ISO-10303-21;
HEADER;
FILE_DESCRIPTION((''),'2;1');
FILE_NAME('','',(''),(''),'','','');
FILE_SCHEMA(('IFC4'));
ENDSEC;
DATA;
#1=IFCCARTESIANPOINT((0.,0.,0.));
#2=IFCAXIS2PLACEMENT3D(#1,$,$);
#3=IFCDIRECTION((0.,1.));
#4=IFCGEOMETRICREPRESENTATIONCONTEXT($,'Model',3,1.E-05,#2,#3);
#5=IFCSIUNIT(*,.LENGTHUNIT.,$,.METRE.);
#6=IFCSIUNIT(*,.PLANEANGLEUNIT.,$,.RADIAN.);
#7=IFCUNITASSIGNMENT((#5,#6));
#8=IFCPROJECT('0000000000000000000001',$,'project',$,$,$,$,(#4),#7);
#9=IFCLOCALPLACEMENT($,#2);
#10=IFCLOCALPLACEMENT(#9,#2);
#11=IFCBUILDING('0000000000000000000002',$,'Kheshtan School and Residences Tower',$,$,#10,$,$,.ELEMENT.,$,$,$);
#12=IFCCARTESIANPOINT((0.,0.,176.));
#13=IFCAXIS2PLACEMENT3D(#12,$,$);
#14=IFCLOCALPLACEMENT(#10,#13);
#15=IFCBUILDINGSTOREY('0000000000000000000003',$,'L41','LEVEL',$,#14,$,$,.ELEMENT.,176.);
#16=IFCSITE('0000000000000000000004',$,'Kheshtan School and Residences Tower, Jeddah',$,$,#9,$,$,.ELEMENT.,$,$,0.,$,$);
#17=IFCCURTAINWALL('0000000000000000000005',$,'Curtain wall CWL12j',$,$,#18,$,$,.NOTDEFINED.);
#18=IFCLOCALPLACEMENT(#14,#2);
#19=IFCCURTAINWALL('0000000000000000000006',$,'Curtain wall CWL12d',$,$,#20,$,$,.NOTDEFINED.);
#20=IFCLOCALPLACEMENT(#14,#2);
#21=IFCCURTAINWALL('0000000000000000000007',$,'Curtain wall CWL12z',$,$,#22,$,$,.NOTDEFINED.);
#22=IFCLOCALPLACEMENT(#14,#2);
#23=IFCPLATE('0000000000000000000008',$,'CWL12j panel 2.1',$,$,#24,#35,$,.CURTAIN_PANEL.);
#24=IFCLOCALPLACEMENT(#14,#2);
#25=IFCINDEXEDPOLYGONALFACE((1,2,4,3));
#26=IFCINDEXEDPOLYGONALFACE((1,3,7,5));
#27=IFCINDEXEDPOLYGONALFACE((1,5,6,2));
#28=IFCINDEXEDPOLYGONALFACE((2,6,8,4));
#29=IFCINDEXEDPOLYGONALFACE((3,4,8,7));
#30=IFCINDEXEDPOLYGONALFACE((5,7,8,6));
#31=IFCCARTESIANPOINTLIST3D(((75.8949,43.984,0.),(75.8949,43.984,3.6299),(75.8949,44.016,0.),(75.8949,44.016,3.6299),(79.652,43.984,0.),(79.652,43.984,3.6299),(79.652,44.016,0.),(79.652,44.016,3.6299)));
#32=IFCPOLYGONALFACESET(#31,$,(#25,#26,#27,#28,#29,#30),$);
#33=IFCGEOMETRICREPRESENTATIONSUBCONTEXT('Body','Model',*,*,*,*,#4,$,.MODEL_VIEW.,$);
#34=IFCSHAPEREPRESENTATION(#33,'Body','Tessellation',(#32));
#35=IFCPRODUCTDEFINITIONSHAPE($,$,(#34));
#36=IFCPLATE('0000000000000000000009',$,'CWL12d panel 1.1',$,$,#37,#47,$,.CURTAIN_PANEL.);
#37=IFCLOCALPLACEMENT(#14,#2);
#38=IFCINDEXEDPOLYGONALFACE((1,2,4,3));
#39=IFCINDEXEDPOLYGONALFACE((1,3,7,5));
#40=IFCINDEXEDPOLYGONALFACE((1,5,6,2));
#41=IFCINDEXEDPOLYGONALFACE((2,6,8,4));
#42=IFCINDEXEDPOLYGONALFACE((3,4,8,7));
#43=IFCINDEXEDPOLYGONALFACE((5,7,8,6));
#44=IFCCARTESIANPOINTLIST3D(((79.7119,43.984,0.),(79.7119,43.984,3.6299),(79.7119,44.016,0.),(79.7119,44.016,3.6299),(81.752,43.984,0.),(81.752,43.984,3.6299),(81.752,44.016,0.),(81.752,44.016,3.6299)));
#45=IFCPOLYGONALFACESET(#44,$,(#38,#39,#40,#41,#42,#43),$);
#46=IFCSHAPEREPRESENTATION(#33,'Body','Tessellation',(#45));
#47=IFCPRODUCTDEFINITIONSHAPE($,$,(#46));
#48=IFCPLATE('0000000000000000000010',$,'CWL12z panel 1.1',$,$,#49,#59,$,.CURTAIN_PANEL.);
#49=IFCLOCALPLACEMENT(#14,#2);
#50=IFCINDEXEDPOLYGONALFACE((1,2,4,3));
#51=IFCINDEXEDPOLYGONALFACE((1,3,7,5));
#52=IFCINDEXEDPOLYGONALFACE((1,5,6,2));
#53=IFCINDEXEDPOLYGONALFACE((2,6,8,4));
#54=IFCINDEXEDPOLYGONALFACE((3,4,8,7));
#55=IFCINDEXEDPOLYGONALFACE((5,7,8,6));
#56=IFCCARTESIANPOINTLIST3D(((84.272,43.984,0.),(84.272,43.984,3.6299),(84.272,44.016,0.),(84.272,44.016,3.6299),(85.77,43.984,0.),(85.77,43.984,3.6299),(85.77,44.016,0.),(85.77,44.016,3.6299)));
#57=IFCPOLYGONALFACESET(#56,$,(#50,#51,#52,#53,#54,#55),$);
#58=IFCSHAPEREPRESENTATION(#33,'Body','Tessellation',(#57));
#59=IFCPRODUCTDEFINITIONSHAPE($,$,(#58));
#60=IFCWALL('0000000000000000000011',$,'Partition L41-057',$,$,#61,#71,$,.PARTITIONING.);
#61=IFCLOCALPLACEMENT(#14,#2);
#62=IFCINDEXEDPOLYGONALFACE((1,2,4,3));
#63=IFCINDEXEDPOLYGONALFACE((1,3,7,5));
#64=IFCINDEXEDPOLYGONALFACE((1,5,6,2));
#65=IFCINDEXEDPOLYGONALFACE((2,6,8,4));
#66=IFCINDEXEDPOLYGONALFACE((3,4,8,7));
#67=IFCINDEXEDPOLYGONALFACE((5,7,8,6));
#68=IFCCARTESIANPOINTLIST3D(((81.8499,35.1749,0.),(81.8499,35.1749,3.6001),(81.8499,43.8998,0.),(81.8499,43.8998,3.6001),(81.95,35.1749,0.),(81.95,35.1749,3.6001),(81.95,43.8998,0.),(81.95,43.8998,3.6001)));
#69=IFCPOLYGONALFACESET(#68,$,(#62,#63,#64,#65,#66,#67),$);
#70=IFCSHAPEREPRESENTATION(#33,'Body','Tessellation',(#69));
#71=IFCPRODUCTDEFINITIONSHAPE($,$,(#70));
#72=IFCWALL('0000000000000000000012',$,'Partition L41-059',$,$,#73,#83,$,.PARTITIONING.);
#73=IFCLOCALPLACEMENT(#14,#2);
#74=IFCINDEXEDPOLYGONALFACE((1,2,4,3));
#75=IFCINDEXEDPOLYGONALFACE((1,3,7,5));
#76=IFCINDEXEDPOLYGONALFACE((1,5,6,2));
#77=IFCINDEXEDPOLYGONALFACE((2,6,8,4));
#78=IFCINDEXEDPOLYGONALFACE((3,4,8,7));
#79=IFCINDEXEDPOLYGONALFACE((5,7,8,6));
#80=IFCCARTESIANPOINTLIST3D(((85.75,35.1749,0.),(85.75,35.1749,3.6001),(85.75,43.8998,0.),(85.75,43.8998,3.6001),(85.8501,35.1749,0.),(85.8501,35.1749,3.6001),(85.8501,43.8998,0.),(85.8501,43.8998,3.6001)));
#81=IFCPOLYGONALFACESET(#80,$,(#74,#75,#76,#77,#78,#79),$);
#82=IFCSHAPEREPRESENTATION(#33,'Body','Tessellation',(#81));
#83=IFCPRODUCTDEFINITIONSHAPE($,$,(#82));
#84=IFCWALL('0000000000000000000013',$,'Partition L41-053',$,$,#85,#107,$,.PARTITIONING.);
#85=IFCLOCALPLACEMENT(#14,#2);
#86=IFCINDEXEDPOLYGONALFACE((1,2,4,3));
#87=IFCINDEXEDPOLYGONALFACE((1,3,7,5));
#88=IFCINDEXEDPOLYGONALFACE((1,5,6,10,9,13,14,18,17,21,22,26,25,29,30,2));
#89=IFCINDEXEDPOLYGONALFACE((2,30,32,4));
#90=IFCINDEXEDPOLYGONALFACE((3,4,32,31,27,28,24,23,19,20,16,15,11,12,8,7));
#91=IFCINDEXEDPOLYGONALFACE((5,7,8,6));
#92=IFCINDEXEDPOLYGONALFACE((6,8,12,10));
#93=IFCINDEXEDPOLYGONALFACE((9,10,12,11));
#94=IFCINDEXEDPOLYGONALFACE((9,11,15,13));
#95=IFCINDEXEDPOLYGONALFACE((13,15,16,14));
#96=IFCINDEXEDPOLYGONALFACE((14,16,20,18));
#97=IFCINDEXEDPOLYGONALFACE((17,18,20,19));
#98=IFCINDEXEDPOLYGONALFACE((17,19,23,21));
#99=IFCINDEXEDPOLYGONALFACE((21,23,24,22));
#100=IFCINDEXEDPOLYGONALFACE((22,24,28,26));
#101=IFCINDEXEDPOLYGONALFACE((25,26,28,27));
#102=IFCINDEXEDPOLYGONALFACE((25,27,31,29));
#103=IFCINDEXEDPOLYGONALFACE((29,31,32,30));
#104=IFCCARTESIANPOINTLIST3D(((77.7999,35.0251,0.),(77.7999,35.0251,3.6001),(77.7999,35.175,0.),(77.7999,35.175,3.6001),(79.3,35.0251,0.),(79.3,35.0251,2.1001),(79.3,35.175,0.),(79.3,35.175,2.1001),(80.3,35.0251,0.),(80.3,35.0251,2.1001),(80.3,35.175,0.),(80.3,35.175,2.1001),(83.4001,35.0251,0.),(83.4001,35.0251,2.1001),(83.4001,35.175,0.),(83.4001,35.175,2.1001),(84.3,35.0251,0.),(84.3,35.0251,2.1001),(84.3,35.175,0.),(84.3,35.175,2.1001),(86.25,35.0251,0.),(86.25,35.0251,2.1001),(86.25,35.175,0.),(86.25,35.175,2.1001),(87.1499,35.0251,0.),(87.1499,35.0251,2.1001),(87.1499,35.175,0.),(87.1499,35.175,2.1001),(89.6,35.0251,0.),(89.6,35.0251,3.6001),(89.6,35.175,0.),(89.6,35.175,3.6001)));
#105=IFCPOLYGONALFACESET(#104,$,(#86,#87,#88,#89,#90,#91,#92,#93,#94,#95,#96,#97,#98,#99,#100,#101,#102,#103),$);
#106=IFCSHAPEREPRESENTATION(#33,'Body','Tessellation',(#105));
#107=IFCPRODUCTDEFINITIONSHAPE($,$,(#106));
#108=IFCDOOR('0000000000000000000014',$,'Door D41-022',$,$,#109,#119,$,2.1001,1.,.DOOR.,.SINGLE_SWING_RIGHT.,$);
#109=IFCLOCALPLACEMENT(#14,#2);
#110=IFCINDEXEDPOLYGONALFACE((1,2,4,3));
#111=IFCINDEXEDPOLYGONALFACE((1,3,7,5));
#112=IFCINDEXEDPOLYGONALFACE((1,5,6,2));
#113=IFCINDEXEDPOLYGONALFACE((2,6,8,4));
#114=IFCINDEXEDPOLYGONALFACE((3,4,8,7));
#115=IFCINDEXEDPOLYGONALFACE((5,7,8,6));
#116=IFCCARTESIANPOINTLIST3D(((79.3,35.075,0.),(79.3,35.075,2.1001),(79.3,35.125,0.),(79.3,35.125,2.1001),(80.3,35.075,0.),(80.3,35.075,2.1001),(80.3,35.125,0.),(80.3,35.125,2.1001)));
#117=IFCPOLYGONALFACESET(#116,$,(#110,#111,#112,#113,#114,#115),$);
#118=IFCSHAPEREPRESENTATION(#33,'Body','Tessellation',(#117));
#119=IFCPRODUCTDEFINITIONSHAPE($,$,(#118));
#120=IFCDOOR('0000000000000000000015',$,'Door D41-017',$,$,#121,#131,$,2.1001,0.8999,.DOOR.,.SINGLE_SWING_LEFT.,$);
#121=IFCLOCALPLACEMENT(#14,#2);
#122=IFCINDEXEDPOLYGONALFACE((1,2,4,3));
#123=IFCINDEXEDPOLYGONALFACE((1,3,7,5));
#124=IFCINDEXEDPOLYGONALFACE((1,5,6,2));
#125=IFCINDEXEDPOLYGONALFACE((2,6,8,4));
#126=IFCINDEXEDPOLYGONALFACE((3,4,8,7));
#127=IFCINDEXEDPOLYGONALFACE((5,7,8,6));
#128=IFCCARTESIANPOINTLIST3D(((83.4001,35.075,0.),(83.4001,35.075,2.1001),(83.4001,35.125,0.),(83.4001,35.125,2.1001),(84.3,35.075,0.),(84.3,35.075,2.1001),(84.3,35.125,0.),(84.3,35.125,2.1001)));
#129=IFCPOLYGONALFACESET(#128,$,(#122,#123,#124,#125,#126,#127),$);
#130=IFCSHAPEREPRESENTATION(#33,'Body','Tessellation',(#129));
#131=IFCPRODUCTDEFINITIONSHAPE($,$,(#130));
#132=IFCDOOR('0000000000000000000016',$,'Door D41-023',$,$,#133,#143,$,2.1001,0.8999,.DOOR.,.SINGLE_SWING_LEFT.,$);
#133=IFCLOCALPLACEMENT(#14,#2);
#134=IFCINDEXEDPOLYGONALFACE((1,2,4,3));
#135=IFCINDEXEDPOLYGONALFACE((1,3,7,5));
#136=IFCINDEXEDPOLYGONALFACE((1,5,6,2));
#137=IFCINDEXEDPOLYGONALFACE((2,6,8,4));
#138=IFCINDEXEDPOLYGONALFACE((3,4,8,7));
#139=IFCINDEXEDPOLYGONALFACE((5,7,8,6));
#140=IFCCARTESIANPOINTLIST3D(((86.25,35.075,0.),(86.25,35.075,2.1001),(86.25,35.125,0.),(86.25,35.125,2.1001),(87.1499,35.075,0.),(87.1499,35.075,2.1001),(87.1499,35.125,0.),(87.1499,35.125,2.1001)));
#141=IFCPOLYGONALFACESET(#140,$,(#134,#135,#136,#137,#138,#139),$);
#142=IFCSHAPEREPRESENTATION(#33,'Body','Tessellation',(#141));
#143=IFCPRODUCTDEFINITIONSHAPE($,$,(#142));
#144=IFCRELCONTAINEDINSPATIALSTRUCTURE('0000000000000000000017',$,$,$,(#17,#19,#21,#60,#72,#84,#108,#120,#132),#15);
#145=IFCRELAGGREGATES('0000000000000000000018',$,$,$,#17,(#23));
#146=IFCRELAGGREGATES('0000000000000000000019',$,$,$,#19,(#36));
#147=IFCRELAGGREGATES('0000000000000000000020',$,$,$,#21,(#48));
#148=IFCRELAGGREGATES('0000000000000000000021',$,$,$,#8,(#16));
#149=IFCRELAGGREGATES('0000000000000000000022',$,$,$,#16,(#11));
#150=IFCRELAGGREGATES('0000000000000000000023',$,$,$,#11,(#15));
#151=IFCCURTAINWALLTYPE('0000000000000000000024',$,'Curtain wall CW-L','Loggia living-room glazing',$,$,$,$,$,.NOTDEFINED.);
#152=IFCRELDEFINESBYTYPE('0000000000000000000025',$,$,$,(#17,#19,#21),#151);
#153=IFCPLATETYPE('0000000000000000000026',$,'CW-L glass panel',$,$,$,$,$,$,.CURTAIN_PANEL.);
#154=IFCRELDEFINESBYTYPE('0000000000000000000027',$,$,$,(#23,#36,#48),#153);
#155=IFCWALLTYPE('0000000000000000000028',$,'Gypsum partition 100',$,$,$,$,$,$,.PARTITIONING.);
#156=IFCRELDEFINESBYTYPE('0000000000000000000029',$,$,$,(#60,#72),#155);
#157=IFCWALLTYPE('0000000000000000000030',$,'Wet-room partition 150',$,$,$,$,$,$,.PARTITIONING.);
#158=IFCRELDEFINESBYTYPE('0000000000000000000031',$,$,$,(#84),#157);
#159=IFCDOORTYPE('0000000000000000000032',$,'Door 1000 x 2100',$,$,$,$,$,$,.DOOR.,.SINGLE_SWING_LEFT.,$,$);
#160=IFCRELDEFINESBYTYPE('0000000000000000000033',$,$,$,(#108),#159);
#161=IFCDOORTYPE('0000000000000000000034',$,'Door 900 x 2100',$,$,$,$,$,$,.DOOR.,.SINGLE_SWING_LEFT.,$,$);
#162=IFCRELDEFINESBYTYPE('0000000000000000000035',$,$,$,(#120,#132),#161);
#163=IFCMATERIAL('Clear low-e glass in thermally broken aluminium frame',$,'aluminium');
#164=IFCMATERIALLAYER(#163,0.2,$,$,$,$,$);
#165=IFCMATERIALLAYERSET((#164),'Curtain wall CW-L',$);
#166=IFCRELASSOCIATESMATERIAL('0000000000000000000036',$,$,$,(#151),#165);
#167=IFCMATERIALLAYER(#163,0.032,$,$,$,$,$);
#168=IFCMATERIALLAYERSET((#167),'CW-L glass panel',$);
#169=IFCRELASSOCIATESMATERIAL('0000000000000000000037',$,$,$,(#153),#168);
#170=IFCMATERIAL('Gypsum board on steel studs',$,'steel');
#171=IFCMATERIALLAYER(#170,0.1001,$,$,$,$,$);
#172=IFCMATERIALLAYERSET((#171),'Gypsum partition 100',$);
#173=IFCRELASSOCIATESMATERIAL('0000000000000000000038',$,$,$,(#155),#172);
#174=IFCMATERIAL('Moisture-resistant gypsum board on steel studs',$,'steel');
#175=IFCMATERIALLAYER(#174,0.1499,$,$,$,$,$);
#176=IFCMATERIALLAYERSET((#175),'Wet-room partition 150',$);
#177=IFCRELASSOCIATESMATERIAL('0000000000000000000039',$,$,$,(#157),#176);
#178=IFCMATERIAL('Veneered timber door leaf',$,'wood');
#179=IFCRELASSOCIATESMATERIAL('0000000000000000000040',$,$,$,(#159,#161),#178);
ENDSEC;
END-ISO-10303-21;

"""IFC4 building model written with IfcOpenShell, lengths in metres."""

from ifc_helpers import new_model, si_unit, direction, frame, frame_2d, origin, origin_2d, place, context, subcontext, project, spatial, rectangle, extrude, source, transform, mapped, material, layer, layer_set, type_object, element, fill, aggregate, save


model = new_model("IFC4")

# Units and contexts
model_context = context("Model", 3, precision=1e-05, world=origin(), true_north=direction((0.0, 1.0)))
body_context = subcontext(model_context, "Body", "Model", "MODEL_VIEW")
ifc_project = project(units=[si_unit("LENGTHUNIT", "METRE"), si_unit("PLANEANGLEUNIT", "RADIAN")], contexts=[model_context])

# Site, building, storey
site_placement = place(None, origin())
site = spatial("IfcSite", under=ifc_project, at=site_placement, Name="Kheshtan School and Residences Tower, Jeddah", CompositionType="ELEMENT", RefElevation=0.0)
building_placement = place(site_placement, origin())
building = spatial("IfcBuilding", under=site, at=building_placement, Name="Kheshtan School and Residences Tower", CompositionType="ELEMENT")
storey_placement = place(building_placement, frame((0.0, 0.0, 176.0)))
storey = spatial("IfcBuildingStorey", under=building, at=storey_placement, Name="L41", Description="LEVEL", CompositionType="ELEMENT", Elevation=176.0)

# Curtain wall
ifc_material_1 = material(Name="Clear low-e glass in thermally broken aluminium frame", Category="aluminium")
ifc_layer_1 = layer(ifc_material_1, 0.2)
ifc_layer_set_1 = layer_set([ifc_layer_1], Name="Curtain wall CW-L")
curtain_wall_type = type_object("IfcCurtainWallType", Name="Curtain wall CW-L", Description="Loggia living-room glazing", PredefinedType="NOTDEFINED", material=ifc_layer_set_1)
curtain_wall_1_placement = place(storey_placement, origin())
curtain_wall_1 = element("IfcCurtainWall", 1, at=curtain_wall_1_placement, inside=storey, type_object=curtain_wall_type, Name="Curtain wall CWL12j", PredefinedType="NOTDEFINED")

# Curtain wall
curtain_wall_2_placement = place(storey_placement, origin())
curtain_wall_2 = element("IfcCurtainWall", 2, at=curtain_wall_2_placement, inside=storey, type_object=curtain_wall_type, Name="Curtain wall CWL12d", PredefinedType="NOTDEFINED")

# Curtain wall
curtain_wall_3_placement = place(storey_placement, origin())
curtain_wall_3 = element("IfcCurtainWall", 3, at=curtain_wall_3_placement, inside=storey, type_object=curtain_wall_type, Name="Curtain wall CWL12z", PredefinedType="NOTDEFINED")

# Plates
ifc_layer_2 = layer(ifc_material_1, 0.032)
ifc_layer_set_2 = layer_set([ifc_layer_2], Name="CW-L glass panel")
plate_type = type_object("IfcPlateType", Name="CW-L glass panel", PredefinedType="CURTAIN_PANEL", material=ifc_layer_set_2)
plate_1_placement = place(storey_placement, frame((77.7734, 44.0, 0.0), z_axis=(0.0, 0.0, 1.0), x_axis=(1.0, 0.0, 0.0)))
plate_1 = element("IfcPlate", 4, at=plate_1_placement, type_object=plate_type, Name="CWL12j panel 2.1", PredefinedType="CURTAIN_PANEL", context=body_context, shape_type="SweptSolid", body=[
    extrude(rectangle(XDim=3.7571, YDim=0.032, at=origin_2d()), origin(), (0.0, 0.0, 1.0), 3.6299),
])
aggregate(curtain_wall_1, [plate_1])
plate_2_placement = place(storey_placement, frame((80.7319, 44.0, 0.0), z_axis=(0.0, 0.0, 1.0), x_axis=(1.0, 0.0, 0.0)))
plate_2 = element("IfcPlate", 5, at=plate_2_placement, type_object=plate_type, Name="CWL12d panel 1.1", PredefinedType="CURTAIN_PANEL", context=body_context, shape_type="SweptSolid", body=[
    extrude(rectangle(XDim=2.04, YDim=0.032, at=origin_2d()), origin(), (0.0, 0.0, 1.0), 3.6299),
])
aggregate(curtain_wall_2, [plate_2])
plate_3_placement = place(storey_placement, frame((85.021, 44.0, 0.0), z_axis=(0.0, 0.0, 1.0), x_axis=(1.0, 0.0, 0.0)))
plate_3 = element("IfcPlate", 6, at=plate_3_placement, type_object=plate_type, Name="CWL12z panel 1.1", PredefinedType="CURTAIN_PANEL", context=body_context, shape_type="SweptSolid", body=[
    extrude(rectangle(XDim=1.498, YDim=0.032, at=origin_2d()), origin(), (0.0, 0.0, 1.0), 3.6299),
])
aggregate(curtain_wall_3, [plate_3])

# Walls
ifc_material_2 = material(Name="Gypsum board on steel studs", Category="steel")
ifc_layer_3 = layer(ifc_material_2, 0.1001)
ifc_layer_set_3 = layer_set([ifc_layer_3], Name="Gypsum partition 100")
wall_type_1 = type_object("IfcWallType", Name="Gypsum partition 100", PredefinedType="PARTITIONING", material=ifc_layer_set_3)
for number, where, z_axis, x_axis, name in (
    (7, (81.8999, 35.175, 0.0), (0.0, 0.0, 1.0), (0.0, 1.0, 0.0), "Partition L41-057"),
    (8, (85.8, 35.175, 0.0), (0.0, 0.0, 1.0), (0.0, 1.0, 0.0), "Partition L41-059"),
):
    element("IfcWall", number, at=place(storey_placement, frame(where, z_axis=z_axis, x_axis=x_axis)), inside=storey, type_object=wall_type_1, Name=name, PredefinedType="PARTITIONING", context=body_context, shape_type="SweptSolid", body=[
        extrude(rectangle(XDim=8.7249, YDim=0.1001, at=frame_2d((4.3623, 0.0))), origin(), (0.0, 0.0, 1.0), 3.6001),
    ])

# Wall, openings, doors
ifc_material_3 = material(Name="Moisture-resistant gypsum board on steel studs", Category="steel")
ifc_layer_4 = layer(ifc_material_3, 0.1499)
ifc_layer_set_4 = layer_set([ifc_layer_4], Name="Wet-room partition 150")
wall_type_2 = type_object("IfcWallType", Name="Wet-room partition 150", PredefinedType="PARTITIONING", material=ifc_layer_set_4)
wall_1_placement = place(storey_placement, frame((77.8, 35.1001, 0.0), z_axis=(0.0, 0.0, 1.0), x_axis=(1.0, 0.0, 0.0)))
wall_1 = element("IfcWall", 9, at=wall_1_placement, inside=storey, type_object=wall_type_2, Name="Partition L41-053", PredefinedType="PARTITIONING", context=body_context, shape_type="SweptSolid", body=[
    extrude(rectangle(XDim=11.8, YDim=0.1499, at=frame_2d((5.8999, 0.0))), origin(), (0.0, 0.0, 1.0), 3.6001),
])
opening_1_placement = place(wall_1_placement, frame((5.6001, 0.0, 0.0)))
opening_1 = element("IfcOpeningElement", 10, at=opening_1_placement, cuts=wall_1, PredefinedType="OPENING", context=body_context, shape_type="SweptSolid", body=[
    extrude(rectangle(XDim=0.8999, YDim=2.1001, at=frame_2d((0.45, 1.05))), frame((0.0, 0.085, 0.0), z_axis=(0.0, -1.0, 0.0), x_axis=(1.0, 0.0, 0.0)), (0.0, 0.0, 1.0), 0.1699),
])
opening_2_placement = place(wall_1_placement, frame((1.5, 0.0, 0.0)))
opening_2 = element("IfcOpeningElement", 11, at=opening_2_placement, cuts=wall_1, PredefinedType="OPENING", context=body_context, shape_type="SweptSolid", body=[
    extrude(rectangle(XDim=1.0, YDim=2.1001, at=frame_2d((0.5, 1.05))), frame((0.0, 0.085, 0.0), z_axis=(0.0, -1.0, 0.0), x_axis=(1.0, 0.0, 0.0)), (0.0, 0.0, 1.0), 0.1699),
])
opening_3_placement = place(wall_1_placement, frame((8.45, 0.0, 0.0)))
opening_3 = element("IfcOpeningElement", 12, at=opening_3_placement, cuts=wall_1, PredefinedType="OPENING", context=body_context, shape_type="SweptSolid", body=[
    extrude(rectangle(XDim=0.8999, YDim=2.1001, at=frame_2d((0.45, 1.05))), frame((0.0, 0.085, 0.0), z_axis=(0.0, -1.0, 0.0), x_axis=(1.0, 0.0, 0.0)), (0.0, 0.0, 1.0), 0.1699),
])
ifc_material_4 = material(Name="Veneered timber door leaf", Category="wood")
door_type_1 = type_object("IfcDoorType", Name="Door 1000 x 2100", OperationType="SINGLE_SWING_LEFT", PredefinedType="DOOR", material=ifc_material_4)
shared_shape_1 = source(origin(), body_context, "Body", "SweptSolid", [
    extrude(rectangle(XDim=1.0, YDim=2.1001, at=frame_2d((0.5, 1.05))), frame((0.0, 0.0249, 0.0), z_axis=(0.0, -1.0, 0.0), x_axis=(1.0, 0.0, 0.0)), (0.0, 0.0, 1.0), 0.05),
])
door_1_placement = place(opening_2_placement, origin())
door_1 = element("IfcDoor", 13, at=door_1_placement, inside=storey, type_object=door_type_1, Name="Door D41-022", OperationType="SINGLE_SWING_RIGHT", OverallHeight=2.1001, OverallWidth=1.0, PredefinedType="DOOR", context=body_context, shape_type="MappedRepresentation", body=[
    mapped(shared_shape_1, transform((0.0, 0.0, 0.0), x_axis=(1.0, 0.0, 0.0), y_axis=(0.0, 1.0, 0.0), z_axis=(0.0, 0.0, 1.0), scale=1.0)),
])
fill(opening_2, door_1)
door_type_2 = type_object("IfcDoorType", Name="Door 900 x 2100", OperationType="SINGLE_SWING_LEFT", PredefinedType="DOOR", material=ifc_material_4)
shared_shape_2 = source(origin(), body_context, "Body", "SweptSolid", [
    extrude(rectangle(XDim=0.8999, YDim=2.1001, at=frame_2d((0.45, 1.05))), frame((0.0, 0.0249, 0.0), z_axis=(0.0, -1.0, 0.0), x_axis=(1.0, 0.0, 0.0)), (0.0, 0.0, 1.0), 0.05),
])
door_2_placement = place(opening_1_placement, origin())
door_2 = element("IfcDoor", 14, at=door_2_placement, inside=storey, type_object=door_type_2, Name="Door D41-017", OperationType="SINGLE_SWING_LEFT", OverallHeight=2.1001, OverallWidth=0.8999, PredefinedType="DOOR", context=body_context, shape_type="MappedRepresentation", body=[
    mapped(shared_shape_2, transform((0.0, 0.0, 0.0), x_axis=(1.0, 0.0, 0.0), y_axis=(0.0, 1.0, 0.0), z_axis=(0.0, 0.0, 1.0), scale=1.0)),
])
fill(opening_1, door_2)
door_3_placement = place(opening_3_placement, origin())
door_3 = element("IfcDoor", 15, at=door_3_placement, inside=storey, type_object=door_type_2, Name="Door D41-023", OperationType="SINGLE_SWING_LEFT", OverallHeight=2.1001, OverallWidth=0.8999, PredefinedType="DOOR", context=body_context, shape_type="MappedRepresentation", body=[
    mapped(shared_shape_2, transform((0.0, 0.0, 0.0), x_axis=(1.0, 0.0, 0.0), y_axis=(0.0, 1.0, 0.0), z_axis=(0.0, 0.0, 1.0), scale=1.0)),
])
fill(opening_3, door_3)

save(model, "model.ifc")
